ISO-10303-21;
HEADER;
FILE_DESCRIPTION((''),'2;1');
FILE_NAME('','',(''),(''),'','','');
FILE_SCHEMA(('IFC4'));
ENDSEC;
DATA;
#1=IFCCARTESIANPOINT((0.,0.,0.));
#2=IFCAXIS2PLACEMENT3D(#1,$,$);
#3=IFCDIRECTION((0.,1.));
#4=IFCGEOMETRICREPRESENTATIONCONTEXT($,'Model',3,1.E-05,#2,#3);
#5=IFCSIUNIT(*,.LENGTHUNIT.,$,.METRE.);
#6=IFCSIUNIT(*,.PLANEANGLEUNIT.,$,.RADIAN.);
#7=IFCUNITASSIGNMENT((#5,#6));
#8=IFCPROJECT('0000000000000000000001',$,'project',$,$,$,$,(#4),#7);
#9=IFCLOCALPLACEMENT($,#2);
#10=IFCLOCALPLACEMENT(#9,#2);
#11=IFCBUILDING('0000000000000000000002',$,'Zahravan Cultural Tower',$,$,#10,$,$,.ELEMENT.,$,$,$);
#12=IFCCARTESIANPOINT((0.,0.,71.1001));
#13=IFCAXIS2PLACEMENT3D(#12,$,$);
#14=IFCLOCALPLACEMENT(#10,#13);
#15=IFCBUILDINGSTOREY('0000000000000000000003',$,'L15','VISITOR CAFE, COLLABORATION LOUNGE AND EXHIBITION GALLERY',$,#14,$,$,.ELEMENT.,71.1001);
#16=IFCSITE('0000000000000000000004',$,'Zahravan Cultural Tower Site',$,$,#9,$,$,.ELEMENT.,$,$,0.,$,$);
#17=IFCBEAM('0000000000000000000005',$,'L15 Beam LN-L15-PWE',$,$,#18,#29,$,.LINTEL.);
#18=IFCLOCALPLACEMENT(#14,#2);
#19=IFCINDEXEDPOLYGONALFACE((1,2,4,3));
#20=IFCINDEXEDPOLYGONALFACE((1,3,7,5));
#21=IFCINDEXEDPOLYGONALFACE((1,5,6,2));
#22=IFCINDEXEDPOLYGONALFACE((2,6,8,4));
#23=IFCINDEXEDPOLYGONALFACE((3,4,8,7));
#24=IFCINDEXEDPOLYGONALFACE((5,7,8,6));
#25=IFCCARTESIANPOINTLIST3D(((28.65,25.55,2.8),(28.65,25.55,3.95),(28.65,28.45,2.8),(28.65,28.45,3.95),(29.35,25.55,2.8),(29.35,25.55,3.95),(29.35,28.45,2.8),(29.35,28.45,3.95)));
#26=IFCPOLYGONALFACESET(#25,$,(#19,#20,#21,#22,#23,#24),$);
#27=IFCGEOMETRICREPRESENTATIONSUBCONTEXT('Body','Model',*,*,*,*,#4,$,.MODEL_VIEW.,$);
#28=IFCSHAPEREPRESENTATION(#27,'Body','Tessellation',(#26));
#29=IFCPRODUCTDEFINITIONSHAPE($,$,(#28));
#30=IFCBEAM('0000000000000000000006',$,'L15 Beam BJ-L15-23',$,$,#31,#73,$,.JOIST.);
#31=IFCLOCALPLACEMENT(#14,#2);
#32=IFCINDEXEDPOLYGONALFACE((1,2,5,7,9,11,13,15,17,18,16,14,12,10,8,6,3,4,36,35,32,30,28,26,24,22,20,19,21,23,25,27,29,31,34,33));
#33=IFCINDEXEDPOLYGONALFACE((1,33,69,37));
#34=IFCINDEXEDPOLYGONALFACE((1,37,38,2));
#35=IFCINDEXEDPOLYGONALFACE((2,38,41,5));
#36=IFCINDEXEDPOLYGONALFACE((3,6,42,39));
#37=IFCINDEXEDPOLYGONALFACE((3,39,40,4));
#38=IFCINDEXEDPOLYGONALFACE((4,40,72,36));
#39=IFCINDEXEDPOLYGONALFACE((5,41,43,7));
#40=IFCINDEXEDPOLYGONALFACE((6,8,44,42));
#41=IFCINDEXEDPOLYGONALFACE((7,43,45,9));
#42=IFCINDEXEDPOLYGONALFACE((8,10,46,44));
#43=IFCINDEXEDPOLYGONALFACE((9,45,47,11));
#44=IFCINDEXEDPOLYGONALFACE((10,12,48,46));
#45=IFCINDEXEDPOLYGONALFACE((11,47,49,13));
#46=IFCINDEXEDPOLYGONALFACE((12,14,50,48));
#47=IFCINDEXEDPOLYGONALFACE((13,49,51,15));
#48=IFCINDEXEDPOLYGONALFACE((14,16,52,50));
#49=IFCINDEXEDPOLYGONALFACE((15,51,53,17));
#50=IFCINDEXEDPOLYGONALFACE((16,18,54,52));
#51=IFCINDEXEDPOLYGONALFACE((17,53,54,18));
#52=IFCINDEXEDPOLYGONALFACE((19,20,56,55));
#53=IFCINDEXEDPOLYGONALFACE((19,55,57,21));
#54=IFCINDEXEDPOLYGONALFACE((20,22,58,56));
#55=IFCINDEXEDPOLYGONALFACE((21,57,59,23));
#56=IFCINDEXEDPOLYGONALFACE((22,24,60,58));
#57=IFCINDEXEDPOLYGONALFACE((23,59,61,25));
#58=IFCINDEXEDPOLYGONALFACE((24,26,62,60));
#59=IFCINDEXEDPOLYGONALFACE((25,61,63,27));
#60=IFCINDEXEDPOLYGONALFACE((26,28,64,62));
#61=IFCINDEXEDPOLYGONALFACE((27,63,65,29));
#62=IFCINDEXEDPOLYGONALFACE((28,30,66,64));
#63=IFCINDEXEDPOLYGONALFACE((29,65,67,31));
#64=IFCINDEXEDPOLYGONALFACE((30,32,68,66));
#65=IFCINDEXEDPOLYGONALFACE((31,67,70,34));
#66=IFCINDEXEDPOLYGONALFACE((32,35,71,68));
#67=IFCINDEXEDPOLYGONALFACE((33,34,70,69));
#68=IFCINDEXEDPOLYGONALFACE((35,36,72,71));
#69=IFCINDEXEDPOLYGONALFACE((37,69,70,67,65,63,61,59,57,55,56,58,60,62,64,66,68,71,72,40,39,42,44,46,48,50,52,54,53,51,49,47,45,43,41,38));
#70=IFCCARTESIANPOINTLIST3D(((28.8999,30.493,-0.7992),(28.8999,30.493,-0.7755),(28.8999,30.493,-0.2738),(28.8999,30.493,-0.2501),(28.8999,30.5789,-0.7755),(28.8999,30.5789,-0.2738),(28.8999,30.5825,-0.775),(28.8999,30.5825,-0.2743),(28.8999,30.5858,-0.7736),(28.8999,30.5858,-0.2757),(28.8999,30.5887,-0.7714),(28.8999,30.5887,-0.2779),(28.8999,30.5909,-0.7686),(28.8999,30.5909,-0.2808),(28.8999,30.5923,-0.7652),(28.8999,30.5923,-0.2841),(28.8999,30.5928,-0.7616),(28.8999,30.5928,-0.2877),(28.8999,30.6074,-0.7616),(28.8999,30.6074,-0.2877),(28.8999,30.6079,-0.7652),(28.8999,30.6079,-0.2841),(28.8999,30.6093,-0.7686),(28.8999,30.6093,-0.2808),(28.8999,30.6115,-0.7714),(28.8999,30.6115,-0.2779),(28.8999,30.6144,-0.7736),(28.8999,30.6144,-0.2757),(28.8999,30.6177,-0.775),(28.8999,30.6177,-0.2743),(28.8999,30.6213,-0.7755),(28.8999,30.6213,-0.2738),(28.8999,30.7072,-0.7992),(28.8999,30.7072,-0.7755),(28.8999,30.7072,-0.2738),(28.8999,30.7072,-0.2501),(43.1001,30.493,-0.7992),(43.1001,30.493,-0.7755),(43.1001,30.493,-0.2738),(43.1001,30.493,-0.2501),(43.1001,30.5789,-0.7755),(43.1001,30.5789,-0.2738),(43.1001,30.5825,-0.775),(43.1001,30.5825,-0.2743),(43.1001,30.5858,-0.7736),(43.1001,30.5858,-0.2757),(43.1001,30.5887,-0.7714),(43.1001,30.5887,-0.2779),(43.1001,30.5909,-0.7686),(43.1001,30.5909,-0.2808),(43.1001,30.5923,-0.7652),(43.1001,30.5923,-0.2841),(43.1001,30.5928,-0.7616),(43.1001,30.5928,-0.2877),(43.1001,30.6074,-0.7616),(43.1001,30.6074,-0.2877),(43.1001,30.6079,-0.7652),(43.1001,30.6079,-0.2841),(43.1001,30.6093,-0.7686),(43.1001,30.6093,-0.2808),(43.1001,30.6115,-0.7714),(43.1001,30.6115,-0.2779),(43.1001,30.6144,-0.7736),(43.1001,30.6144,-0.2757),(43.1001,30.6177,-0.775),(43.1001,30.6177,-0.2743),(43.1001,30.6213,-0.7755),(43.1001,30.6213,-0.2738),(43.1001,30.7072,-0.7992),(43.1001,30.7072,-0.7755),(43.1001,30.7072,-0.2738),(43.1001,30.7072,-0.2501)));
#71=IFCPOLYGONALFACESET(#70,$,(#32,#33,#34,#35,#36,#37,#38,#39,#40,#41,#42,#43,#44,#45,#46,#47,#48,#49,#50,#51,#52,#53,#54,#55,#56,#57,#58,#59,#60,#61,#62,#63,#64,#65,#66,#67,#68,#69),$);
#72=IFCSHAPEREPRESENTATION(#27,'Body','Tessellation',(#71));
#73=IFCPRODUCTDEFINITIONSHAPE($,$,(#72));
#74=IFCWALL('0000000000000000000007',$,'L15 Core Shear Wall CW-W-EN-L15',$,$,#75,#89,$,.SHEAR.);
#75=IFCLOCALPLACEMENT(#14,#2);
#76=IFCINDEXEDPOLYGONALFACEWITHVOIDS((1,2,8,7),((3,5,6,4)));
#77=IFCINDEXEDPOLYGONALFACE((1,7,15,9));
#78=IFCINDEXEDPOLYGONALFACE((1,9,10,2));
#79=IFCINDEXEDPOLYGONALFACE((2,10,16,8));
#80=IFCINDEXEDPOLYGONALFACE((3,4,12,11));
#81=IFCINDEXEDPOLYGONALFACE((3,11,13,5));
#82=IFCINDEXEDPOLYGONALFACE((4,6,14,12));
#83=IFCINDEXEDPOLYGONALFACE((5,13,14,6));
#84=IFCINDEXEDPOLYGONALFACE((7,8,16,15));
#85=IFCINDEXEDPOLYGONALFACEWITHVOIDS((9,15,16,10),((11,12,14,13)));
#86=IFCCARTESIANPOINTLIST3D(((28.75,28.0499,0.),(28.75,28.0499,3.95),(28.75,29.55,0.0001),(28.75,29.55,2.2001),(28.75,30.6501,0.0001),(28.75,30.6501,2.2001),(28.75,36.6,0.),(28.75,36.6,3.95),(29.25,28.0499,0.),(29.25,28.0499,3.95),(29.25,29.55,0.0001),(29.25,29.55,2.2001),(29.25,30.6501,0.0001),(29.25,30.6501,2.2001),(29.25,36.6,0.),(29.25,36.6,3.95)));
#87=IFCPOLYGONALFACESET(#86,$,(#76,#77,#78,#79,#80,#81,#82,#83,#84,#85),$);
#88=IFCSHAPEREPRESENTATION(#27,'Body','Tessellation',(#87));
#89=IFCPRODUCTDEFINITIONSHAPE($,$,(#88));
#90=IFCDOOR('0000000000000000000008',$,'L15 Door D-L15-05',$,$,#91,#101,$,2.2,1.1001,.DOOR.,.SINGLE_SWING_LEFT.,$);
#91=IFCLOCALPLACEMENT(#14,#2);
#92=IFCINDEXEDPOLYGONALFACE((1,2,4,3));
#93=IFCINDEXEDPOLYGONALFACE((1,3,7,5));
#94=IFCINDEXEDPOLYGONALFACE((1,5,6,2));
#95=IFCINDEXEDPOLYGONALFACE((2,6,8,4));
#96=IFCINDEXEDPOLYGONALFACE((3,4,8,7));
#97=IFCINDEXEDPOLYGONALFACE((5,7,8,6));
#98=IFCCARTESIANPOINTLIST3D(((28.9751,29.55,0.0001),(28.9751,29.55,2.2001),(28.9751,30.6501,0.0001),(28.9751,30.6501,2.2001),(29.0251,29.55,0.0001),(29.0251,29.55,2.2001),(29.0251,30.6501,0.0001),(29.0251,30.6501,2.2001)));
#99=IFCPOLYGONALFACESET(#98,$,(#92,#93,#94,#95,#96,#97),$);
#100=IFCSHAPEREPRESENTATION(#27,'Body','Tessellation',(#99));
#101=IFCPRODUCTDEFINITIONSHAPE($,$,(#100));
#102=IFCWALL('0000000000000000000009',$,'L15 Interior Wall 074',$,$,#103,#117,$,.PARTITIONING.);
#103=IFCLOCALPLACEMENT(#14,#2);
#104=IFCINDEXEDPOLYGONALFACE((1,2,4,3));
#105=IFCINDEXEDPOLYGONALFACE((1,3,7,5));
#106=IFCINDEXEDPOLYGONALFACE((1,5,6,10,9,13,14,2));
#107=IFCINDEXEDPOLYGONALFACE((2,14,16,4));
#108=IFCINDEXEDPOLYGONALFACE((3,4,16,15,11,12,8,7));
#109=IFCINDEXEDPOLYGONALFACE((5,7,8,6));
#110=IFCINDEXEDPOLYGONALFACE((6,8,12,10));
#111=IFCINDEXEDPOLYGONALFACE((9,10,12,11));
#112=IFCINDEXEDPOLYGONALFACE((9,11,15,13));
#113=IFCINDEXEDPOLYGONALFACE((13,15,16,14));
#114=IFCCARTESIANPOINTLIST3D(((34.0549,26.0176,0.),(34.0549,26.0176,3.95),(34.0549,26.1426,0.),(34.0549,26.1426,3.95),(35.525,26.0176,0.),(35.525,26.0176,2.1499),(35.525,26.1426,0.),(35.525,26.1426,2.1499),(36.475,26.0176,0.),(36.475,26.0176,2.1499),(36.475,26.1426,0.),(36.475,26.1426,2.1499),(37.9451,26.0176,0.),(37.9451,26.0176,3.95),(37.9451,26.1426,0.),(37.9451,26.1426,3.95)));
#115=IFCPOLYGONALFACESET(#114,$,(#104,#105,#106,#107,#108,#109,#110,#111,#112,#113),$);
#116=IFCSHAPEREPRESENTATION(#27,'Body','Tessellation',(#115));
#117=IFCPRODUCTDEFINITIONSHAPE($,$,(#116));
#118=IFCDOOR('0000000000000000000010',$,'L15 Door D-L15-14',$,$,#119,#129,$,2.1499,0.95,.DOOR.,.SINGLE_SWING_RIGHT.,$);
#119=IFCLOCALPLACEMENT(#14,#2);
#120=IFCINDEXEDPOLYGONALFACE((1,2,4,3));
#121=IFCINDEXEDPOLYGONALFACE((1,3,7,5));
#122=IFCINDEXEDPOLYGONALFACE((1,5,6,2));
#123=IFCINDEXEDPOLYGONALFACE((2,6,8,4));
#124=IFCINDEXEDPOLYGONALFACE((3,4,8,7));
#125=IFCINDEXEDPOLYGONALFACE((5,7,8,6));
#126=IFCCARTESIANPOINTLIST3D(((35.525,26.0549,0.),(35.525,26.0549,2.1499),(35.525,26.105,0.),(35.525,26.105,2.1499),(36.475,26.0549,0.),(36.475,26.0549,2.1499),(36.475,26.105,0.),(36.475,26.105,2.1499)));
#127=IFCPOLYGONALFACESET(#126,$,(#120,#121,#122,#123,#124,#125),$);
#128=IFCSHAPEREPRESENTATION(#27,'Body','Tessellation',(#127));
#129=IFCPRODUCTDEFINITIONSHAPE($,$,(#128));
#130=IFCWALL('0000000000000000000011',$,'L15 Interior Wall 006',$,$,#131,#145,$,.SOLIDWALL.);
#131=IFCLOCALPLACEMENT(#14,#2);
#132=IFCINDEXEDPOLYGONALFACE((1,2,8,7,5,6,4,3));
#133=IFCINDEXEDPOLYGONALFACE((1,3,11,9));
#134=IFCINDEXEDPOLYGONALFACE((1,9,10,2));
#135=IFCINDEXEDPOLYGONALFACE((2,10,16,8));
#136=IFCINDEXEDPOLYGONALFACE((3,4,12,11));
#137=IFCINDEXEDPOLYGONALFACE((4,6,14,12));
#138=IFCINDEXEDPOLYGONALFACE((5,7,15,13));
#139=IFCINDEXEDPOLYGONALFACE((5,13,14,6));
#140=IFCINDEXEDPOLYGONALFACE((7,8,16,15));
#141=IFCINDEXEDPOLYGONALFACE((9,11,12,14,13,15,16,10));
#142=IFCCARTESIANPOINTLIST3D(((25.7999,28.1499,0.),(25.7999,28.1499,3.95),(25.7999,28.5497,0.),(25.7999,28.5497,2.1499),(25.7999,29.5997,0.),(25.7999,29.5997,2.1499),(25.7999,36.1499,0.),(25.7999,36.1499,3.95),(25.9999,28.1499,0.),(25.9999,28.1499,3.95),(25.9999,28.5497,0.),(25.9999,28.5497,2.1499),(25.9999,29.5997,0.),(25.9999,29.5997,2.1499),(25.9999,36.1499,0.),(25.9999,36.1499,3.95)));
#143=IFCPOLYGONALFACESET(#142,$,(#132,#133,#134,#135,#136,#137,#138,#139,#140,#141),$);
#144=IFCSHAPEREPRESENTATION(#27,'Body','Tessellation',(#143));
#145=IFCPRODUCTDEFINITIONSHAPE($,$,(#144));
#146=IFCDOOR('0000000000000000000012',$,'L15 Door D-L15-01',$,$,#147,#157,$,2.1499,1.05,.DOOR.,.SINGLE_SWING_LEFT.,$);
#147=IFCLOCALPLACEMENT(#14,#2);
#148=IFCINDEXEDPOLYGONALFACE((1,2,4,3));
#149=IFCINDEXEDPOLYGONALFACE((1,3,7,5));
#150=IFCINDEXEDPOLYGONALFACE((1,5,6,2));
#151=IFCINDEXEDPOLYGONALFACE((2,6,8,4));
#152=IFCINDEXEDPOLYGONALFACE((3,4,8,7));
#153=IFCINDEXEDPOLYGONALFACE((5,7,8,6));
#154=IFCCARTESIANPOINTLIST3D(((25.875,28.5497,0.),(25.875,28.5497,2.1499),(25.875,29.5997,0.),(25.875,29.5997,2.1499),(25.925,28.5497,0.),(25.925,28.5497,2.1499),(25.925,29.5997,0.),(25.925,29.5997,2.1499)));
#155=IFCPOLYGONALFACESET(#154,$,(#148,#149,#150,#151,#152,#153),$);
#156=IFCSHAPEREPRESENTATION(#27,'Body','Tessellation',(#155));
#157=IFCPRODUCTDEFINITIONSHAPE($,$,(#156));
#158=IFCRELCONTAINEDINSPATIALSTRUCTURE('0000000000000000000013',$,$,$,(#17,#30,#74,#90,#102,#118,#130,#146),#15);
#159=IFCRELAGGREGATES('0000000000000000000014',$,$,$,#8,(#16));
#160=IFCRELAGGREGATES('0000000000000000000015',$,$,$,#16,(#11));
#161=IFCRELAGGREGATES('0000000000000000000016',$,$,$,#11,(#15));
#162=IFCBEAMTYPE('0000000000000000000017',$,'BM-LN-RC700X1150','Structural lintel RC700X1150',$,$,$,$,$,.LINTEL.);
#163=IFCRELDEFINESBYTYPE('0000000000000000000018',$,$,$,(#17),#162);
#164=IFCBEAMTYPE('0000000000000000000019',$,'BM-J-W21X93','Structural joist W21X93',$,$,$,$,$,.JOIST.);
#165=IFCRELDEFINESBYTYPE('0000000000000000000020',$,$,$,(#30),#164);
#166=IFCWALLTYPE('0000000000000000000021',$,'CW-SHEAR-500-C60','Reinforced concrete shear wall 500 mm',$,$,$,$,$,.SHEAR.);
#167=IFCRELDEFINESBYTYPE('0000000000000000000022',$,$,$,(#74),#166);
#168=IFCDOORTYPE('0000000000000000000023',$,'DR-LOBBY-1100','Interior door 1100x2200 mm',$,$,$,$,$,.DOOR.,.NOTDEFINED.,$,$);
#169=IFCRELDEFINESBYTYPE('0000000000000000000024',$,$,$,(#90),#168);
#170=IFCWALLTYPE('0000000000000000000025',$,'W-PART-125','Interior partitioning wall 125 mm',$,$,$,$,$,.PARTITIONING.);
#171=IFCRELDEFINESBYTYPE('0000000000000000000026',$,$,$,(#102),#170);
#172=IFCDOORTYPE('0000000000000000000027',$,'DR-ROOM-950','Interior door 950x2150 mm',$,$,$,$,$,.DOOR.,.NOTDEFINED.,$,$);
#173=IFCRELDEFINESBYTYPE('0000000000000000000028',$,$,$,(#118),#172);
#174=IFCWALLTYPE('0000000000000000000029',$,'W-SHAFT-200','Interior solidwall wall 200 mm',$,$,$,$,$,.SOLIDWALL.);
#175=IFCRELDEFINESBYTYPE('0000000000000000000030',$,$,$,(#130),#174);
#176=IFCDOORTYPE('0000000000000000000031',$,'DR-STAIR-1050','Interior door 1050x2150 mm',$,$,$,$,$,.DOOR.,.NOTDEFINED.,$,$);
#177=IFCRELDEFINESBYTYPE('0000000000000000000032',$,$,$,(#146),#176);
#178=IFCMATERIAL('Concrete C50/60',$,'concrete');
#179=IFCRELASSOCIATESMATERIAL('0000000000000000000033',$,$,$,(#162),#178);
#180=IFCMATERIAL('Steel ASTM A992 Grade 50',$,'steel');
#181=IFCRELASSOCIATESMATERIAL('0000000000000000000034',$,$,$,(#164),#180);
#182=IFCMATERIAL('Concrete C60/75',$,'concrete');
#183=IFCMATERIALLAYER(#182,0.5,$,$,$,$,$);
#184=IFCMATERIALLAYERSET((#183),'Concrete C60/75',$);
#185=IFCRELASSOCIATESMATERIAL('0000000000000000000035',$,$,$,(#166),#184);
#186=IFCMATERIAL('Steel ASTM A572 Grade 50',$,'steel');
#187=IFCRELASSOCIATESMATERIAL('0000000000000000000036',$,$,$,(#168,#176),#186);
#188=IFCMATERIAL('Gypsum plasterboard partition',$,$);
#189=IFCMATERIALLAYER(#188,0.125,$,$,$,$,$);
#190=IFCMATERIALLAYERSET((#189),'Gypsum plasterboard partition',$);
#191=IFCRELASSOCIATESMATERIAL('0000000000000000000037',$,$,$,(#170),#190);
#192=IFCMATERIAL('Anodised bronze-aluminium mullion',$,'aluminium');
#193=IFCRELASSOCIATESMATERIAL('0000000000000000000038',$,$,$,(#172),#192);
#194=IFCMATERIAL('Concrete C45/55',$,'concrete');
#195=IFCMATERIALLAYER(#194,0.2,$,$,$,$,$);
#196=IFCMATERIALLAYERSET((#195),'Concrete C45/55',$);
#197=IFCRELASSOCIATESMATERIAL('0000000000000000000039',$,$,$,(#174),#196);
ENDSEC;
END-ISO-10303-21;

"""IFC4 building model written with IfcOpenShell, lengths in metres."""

from ifc_helpers import new_model, si_unit, direction, frame, frame_2d, origin, origin_2d, place, context, subcontext, project, spatial, rectangle, i_section, extrude, source, transform, mapped, material, layer, layer_set, material_profile, profile_set, type_object, element, fill, save


model = new_model("IFC4")

# Units and contexts
model_context = context("Model", 3, precision=1e-05, world=origin(), true_north=direction((0.0, 1.0)))
body_context = subcontext(model_context, "Body", "Model", "MODEL_VIEW")
ifc_project = project(units=[si_unit("LENGTHUNIT", "METRE"), si_unit("PLANEANGLEUNIT", "RADIAN")], contexts=[model_context])

# Site, building, storey
site_placement = place(None, origin())
site = spatial("IfcSite", under=ifc_project, at=site_placement, Name="Zahravan Cultural Tower Site", CompositionType="ELEMENT", RefElevation=0.0)
building_placement = place(site_placement, origin())
building = spatial("IfcBuilding", under=site, at=building_placement, Name="Zahravan Cultural Tower", CompositionType="ELEMENT")
storey_placement = place(building_placement, frame((0.0, 0.0, 71.1001)))
storey = spatial("IfcBuildingStorey", under=building, at=storey_placement, Name="L15", Description="VISITOR CAFE, COLLABORATION LOUNGE AND EXHIBITION GALLERY", CompositionType="ELEMENT", Elevation=71.1001)

# Beams
ifc_material_1 = material(Name="Concrete C50/60", Category="concrete")
ifc_material_profile_1 = material_profile(ifc_material_1, rectangle(XDim=0.7, YDim=1.1499, at=origin_2d()), Name="RC700X1150")
ifc_profile_set_1 = profile_set([ifc_material_profile_1], Name="Concrete C50/60")
beam_type_1 = type_object("IfcBeamType", Name="BM-LN-RC700X1150", Description="Structural lintel RC700X1150", PredefinedType="LINTEL", material=ifc_profile_set_1)
shared_shape_1 = source(origin(), body_context, "Body", "SweptSolid", [
    extrude(rectangle(XDim=0.7, YDim=1.1499, at=origin_2d()), origin(), (0.0, 0.0, 1.0), 2.8999),
])
beam_1_placement = place(storey_placement, frame((29.0, 25.55, 3.375), z_axis=(0.0, 1.0, 0.0), x_axis=(-1.0, 0.0, 0.0)))
element("IfcBeam", 1, at=beam_1_placement, inside=storey, type_object=beam_type_1, Name="L15 Beam LN-L15-PWE", PredefinedType="LINTEL", context=body_context, shape_type="MappedRepresentation", body=[
    mapped(shared_shape_1, transform((0.0, 0.0, 0.0), x_axis=(1.0, 0.0, 0.0), y_axis=(0.0, 1.0, 0.0), z_axis=(0.0, 0.0, 1.0), scale=1.0)),
])
ifc_material_2 = material(Name="Steel ASTM A992 Grade 50", Category="steel")
ifc_material_profile_2 = material_profile(ifc_material_2, i_section(OverallWidth=0.2141, OverallDepth=0.5491, WebThickness=0.0146, FlangeThickness=0.0237, FilletRadius=0.0139, at=origin_2d()), Name="W21X93")
ifc_profile_set_2 = profile_set([ifc_material_profile_2], Name="Steel ASTM A992 Grade 50")
beam_type_2 = type_object("IfcBeamType", Name="BM-J-W21X93", Description="Structural joist W21X93", PredefinedType="JOIST", material=ifc_profile_set_2)
shared_shape_2 = source(origin(), body_context, "Body", "SweptSolid", [
    extrude(i_section(OverallWidth=0.2141, OverallDepth=0.5491, WebThickness=0.0146, FlangeThickness=0.0237, FilletRadius=0.0139, at=origin_2d()), origin(), (0.0, 0.0, 1.0), 14.2002),
])
beam_2_placement = place(storey_placement, frame((28.8999, 30.6001, -0.5247), z_axis=(1.0, 0.0, 0.0), x_axis=(0.0, 1.0, 0.0)))
element("IfcBeam", 2, at=beam_2_placement, inside=storey, type_object=beam_type_2, Name="L15 Beam BJ-L15-23", PredefinedType="JOIST", context=body_context, shape_type="MappedRepresentation", body=[
    mapped(shared_shape_2, transform((0.0, 0.0, 0.0), x_axis=(1.0, 0.0, 0.0), y_axis=(0.0, 1.0, 0.0), z_axis=(0.0, 0.0, 1.0), scale=1.0)),
])

# Walls, openings, doors
ifc_material_3 = material(Name="Concrete C60/75", Category="concrete")
ifc_layer_1 = layer(ifc_material_3, 0.5)
ifc_layer_set_1 = layer_set([ifc_layer_1], Name="Concrete C60/75")
wall_type_1 = type_object("IfcWallType", Name="CW-SHEAR-500-C60", Description="Reinforced concrete shear wall 500 mm", PredefinedType="SHEAR", material=ifc_layer_set_1)
wall_1_placement = place(storey_placement, frame((29.0, 28.05, 0.0), z_axis=(0.0, 0.0, 1.0), x_axis=(0.0, 1.0, 0.0)))
wall_1 = element("IfcWall", 3, at=wall_1_placement, inside=storey, type_object=wall_type_1, Name="L15 Core Shear Wall CW-W-EN-L15", PredefinedType="SHEAR", context=body_context, shape_type="SweptSolid", body=[
    extrude(rectangle(XDim=8.55, YDim=0.5, at=frame_2d((4.2749, 0.0))), origin(), (0.0, 0.0, 1.0), 3.95),
])
opening_1_placement = place(wall_1_placement, frame((1.5, 0.0, 0.0)))
opening_1 = element("IfcOpeningElement", 4, at=opening_1_placement, cuts=wall_1, PredefinedType="OPENING", context=body_context, shape_type="SweptSolid", body=[
    extrude(rectangle(XDim=1.1001, YDim=2.2, at=frame_2d((0.55, 1.1001))), frame((0.0, 0.26, 0.0), z_axis=(0.0, -1.0, 0.0), x_axis=(1.0, 0.0, 0.0)), (0.0, 0.0, 1.0), 0.52),
])
ifc_material_4 = material(Name="Steel ASTM A572 Grade 50", Category="steel")
door_type_1 = type_object("IfcDoorType", Name="DR-LOBBY-1100", Description="Interior door 1100x2200 mm", OperationType="NOTDEFINED", PredefinedType="DOOR", material=ifc_material_4)
shared_shape_3 = source(origin(), body_context, "Body", "SweptSolid", [
    extrude(rectangle(XDim=1.1001, YDim=2.2, at=frame_2d((0.55, 1.1001))), frame((0.0, 0.0249, 0.0), z_axis=(0.0, -1.0, 0.0), x_axis=(1.0, 0.0, 0.0)), (0.0, 0.0, 1.0), 0.05),
])
door_1_placement = place(opening_1_placement, origin())
door_1 = element("IfcDoor", 5, at=door_1_placement, inside=storey, type_object=door_type_1, Name="L15 Door D-L15-05", OperationType="SINGLE_SWING_LEFT", OverallHeight=2.2, OverallWidth=1.1001, PredefinedType="DOOR", context=body_context, shape_type="MappedRepresentation", body=[
    mapped(shared_shape_3, transform((0.0, 0.0, 0.0), x_axis=(1.0, 0.0, 0.0), y_axis=(0.0, 1.0, 0.0), z_axis=(0.0, 0.0, 1.0), scale=1.0)),
])
fill(opening_1, door_1)
ifc_material_5 = material(Name="Gypsum plasterboard partition")
ifc_layer_2 = layer(ifc_material_5, 0.125)
ifc_layer_set_2 = layer_set([ifc_layer_2], Name="Gypsum plasterboard partition")
wall_type_2 = type_object("IfcWallType", Name="W-PART-125", Description="Interior partitioning wall 125 mm", PredefinedType="PARTITIONING", material=ifc_layer_set_2)
wall_2_placement = place(storey_placement, frame((34.0549, 26.0801, 0.0), z_axis=(0.0, 0.0, 1.0), x_axis=(1.0, 0.0, 0.0)))
wall_2 = element("IfcWall", 6, at=wall_2_placement, inside=storey, type_object=wall_type_2, Name="L15 Interior Wall 074", PredefinedType="PARTITIONING", context=body_context, shape_type="SweptSolid", body=[
    extrude(rectangle(XDim=3.8901, YDim=0.125, at=frame_2d((1.9451, 0.0))), origin(), (0.0, 0.0, 1.0), 3.95),
])
opening_2_placement = place(wall_2_placement, frame((1.47, 0.0, 0.0)))
opening_2 = element("IfcOpeningElement", 7, at=opening_2_placement, cuts=wall_2, PredefinedType="OPENING", context=body_context, shape_type="SweptSolid", body=[
    extrude(rectangle(XDim=0.95, YDim=2.1499, at=frame_2d((0.4751, 1.075))), frame((0.0, 0.0725, 0.0), z_axis=(0.0, -1.0, 0.0), x_axis=(1.0, 0.0, 0.0)), (0.0, 0.0, 1.0), 0.145),
])
ifc_material_6 = material(Name="Anodised bronze-aluminium mullion", Category="aluminium")
door_type_2 = type_object("IfcDoorType", Name="DR-ROOM-950", Description="Interior door 950x2150 mm", OperationType="NOTDEFINED", PredefinedType="DOOR", material=ifc_material_6)
shared_shape_4 = source(origin(), body_context, "Body", "SweptSolid", [
    extrude(rectangle(XDim=0.95, YDim=2.1499, at=frame_2d((0.4751, 1.075))), frame((0.0, 0.0249, 0.0), z_axis=(0.0, -1.0, 0.0), x_axis=(1.0, 0.0, 0.0)), (0.0, 0.0, 1.0), 0.05),
])
door_2_placement = place(opening_2_placement, origin())
door_2 = element("IfcDoor", 8, at=door_2_placement, inside=storey, type_object=door_type_2, Name="L15 Door D-L15-14", OperationType="SINGLE_SWING_RIGHT", OverallHeight=2.1499, OverallWidth=0.95, PredefinedType="DOOR", context=body_context, shape_type="MappedRepresentation", body=[
    mapped(shared_shape_4, transform((0.0, 0.0, 0.0), x_axis=(1.0, 0.0, 0.0), y_axis=(0.0, 1.0, 0.0), z_axis=(0.0, 0.0, 1.0), scale=1.0)),
])
fill(opening_2, door_2)
ifc_material_7 = material(Name="Concrete C45/55", Category="concrete")
ifc_layer_3 = layer(ifc_material_7, 0.2)
ifc_layer_set_3 = layer_set([ifc_layer_3], Name="Concrete C45/55")
wall_type_3 = type_object("IfcWallType", Name="W-SHAFT-200", Description="Interior solidwall wall 200 mm", PredefinedType="SOLIDWALL", material=ifc_layer_set_3)
wall_3_placement = place(storey_placement, frame((25.8999, 28.1499, 0.0), z_axis=(0.0, 0.0, 1.0), x_axis=(0.0, 1.0, 0.0)))
wall_3 = element("IfcWall", 9, at=wall_3_placement, inside=storey, type_object=wall_type_3, Name="L15 Interior Wall 006", PredefinedType="SOLIDWALL", context=body_context, shape_type="SweptSolid", body=[
    extrude(rectangle(XDim=8.0, YDim=0.2, at=frame_2d((4.0, 0.0))), origin(), (0.0, 0.0, 1.0), 3.95),
])
opening_3_placement = place(wall_3_placement, frame((0.3999, 0.0, 0.0)))
opening_3 = element("IfcOpeningElement", 10, at=opening_3_placement, cuts=wall_3, PredefinedType="OPENING", context=body_context, shape_type="SweptSolid", body=[
    extrude(rectangle(XDim=1.05, YDim=2.1499, at=frame_2d((0.5249, 1.075))), frame((0.0, 0.1099, 0.0), z_axis=(0.0, -1.0, 0.0), x_axis=(1.0, 0.0, 0.0)), (0.0, 0.0, 1.0), 0.22),
])
door_type_3 = type_object("IfcDoorType", Name="DR-STAIR-1050", Description="Interior door 1050x2150 mm", OperationType="NOTDEFINED", PredefinedType="DOOR", material=ifc_material_4)
shared_shape_5 = source(origin(), body_context, "Body", "SweptSolid", [
    extrude(rectangle(XDim=1.05, YDim=2.1499, at=frame_2d((0.5249, 1.075))), frame((0.0, 0.0249, 0.0), z_axis=(0.0, -1.0, 0.0), x_axis=(1.0, 0.0, 0.0)), (0.0, 0.0, 1.0), 0.05),
])
door_3_placement = place(opening_3_placement, origin())
door_3 = element("IfcDoor", 11, at=door_3_placement, inside=storey, type_object=door_type_3, Name="L15 Door D-L15-01", OperationType="SINGLE_SWING_LEFT", OverallHeight=2.1499, OverallWidth=1.05, PredefinedType="DOOR", context=body_context, shape_type="MappedRepresentation", body=[
    mapped(shared_shape_5, transform((0.0, 0.0, 0.0), x_axis=(1.0, 0.0, 0.0), y_axis=(0.0, 1.0, 0.0), z_axis=(0.0, 0.0, 1.0), scale=1.0)),
])
fill(opening_3, door_3)

save(model, "model.ifc")
